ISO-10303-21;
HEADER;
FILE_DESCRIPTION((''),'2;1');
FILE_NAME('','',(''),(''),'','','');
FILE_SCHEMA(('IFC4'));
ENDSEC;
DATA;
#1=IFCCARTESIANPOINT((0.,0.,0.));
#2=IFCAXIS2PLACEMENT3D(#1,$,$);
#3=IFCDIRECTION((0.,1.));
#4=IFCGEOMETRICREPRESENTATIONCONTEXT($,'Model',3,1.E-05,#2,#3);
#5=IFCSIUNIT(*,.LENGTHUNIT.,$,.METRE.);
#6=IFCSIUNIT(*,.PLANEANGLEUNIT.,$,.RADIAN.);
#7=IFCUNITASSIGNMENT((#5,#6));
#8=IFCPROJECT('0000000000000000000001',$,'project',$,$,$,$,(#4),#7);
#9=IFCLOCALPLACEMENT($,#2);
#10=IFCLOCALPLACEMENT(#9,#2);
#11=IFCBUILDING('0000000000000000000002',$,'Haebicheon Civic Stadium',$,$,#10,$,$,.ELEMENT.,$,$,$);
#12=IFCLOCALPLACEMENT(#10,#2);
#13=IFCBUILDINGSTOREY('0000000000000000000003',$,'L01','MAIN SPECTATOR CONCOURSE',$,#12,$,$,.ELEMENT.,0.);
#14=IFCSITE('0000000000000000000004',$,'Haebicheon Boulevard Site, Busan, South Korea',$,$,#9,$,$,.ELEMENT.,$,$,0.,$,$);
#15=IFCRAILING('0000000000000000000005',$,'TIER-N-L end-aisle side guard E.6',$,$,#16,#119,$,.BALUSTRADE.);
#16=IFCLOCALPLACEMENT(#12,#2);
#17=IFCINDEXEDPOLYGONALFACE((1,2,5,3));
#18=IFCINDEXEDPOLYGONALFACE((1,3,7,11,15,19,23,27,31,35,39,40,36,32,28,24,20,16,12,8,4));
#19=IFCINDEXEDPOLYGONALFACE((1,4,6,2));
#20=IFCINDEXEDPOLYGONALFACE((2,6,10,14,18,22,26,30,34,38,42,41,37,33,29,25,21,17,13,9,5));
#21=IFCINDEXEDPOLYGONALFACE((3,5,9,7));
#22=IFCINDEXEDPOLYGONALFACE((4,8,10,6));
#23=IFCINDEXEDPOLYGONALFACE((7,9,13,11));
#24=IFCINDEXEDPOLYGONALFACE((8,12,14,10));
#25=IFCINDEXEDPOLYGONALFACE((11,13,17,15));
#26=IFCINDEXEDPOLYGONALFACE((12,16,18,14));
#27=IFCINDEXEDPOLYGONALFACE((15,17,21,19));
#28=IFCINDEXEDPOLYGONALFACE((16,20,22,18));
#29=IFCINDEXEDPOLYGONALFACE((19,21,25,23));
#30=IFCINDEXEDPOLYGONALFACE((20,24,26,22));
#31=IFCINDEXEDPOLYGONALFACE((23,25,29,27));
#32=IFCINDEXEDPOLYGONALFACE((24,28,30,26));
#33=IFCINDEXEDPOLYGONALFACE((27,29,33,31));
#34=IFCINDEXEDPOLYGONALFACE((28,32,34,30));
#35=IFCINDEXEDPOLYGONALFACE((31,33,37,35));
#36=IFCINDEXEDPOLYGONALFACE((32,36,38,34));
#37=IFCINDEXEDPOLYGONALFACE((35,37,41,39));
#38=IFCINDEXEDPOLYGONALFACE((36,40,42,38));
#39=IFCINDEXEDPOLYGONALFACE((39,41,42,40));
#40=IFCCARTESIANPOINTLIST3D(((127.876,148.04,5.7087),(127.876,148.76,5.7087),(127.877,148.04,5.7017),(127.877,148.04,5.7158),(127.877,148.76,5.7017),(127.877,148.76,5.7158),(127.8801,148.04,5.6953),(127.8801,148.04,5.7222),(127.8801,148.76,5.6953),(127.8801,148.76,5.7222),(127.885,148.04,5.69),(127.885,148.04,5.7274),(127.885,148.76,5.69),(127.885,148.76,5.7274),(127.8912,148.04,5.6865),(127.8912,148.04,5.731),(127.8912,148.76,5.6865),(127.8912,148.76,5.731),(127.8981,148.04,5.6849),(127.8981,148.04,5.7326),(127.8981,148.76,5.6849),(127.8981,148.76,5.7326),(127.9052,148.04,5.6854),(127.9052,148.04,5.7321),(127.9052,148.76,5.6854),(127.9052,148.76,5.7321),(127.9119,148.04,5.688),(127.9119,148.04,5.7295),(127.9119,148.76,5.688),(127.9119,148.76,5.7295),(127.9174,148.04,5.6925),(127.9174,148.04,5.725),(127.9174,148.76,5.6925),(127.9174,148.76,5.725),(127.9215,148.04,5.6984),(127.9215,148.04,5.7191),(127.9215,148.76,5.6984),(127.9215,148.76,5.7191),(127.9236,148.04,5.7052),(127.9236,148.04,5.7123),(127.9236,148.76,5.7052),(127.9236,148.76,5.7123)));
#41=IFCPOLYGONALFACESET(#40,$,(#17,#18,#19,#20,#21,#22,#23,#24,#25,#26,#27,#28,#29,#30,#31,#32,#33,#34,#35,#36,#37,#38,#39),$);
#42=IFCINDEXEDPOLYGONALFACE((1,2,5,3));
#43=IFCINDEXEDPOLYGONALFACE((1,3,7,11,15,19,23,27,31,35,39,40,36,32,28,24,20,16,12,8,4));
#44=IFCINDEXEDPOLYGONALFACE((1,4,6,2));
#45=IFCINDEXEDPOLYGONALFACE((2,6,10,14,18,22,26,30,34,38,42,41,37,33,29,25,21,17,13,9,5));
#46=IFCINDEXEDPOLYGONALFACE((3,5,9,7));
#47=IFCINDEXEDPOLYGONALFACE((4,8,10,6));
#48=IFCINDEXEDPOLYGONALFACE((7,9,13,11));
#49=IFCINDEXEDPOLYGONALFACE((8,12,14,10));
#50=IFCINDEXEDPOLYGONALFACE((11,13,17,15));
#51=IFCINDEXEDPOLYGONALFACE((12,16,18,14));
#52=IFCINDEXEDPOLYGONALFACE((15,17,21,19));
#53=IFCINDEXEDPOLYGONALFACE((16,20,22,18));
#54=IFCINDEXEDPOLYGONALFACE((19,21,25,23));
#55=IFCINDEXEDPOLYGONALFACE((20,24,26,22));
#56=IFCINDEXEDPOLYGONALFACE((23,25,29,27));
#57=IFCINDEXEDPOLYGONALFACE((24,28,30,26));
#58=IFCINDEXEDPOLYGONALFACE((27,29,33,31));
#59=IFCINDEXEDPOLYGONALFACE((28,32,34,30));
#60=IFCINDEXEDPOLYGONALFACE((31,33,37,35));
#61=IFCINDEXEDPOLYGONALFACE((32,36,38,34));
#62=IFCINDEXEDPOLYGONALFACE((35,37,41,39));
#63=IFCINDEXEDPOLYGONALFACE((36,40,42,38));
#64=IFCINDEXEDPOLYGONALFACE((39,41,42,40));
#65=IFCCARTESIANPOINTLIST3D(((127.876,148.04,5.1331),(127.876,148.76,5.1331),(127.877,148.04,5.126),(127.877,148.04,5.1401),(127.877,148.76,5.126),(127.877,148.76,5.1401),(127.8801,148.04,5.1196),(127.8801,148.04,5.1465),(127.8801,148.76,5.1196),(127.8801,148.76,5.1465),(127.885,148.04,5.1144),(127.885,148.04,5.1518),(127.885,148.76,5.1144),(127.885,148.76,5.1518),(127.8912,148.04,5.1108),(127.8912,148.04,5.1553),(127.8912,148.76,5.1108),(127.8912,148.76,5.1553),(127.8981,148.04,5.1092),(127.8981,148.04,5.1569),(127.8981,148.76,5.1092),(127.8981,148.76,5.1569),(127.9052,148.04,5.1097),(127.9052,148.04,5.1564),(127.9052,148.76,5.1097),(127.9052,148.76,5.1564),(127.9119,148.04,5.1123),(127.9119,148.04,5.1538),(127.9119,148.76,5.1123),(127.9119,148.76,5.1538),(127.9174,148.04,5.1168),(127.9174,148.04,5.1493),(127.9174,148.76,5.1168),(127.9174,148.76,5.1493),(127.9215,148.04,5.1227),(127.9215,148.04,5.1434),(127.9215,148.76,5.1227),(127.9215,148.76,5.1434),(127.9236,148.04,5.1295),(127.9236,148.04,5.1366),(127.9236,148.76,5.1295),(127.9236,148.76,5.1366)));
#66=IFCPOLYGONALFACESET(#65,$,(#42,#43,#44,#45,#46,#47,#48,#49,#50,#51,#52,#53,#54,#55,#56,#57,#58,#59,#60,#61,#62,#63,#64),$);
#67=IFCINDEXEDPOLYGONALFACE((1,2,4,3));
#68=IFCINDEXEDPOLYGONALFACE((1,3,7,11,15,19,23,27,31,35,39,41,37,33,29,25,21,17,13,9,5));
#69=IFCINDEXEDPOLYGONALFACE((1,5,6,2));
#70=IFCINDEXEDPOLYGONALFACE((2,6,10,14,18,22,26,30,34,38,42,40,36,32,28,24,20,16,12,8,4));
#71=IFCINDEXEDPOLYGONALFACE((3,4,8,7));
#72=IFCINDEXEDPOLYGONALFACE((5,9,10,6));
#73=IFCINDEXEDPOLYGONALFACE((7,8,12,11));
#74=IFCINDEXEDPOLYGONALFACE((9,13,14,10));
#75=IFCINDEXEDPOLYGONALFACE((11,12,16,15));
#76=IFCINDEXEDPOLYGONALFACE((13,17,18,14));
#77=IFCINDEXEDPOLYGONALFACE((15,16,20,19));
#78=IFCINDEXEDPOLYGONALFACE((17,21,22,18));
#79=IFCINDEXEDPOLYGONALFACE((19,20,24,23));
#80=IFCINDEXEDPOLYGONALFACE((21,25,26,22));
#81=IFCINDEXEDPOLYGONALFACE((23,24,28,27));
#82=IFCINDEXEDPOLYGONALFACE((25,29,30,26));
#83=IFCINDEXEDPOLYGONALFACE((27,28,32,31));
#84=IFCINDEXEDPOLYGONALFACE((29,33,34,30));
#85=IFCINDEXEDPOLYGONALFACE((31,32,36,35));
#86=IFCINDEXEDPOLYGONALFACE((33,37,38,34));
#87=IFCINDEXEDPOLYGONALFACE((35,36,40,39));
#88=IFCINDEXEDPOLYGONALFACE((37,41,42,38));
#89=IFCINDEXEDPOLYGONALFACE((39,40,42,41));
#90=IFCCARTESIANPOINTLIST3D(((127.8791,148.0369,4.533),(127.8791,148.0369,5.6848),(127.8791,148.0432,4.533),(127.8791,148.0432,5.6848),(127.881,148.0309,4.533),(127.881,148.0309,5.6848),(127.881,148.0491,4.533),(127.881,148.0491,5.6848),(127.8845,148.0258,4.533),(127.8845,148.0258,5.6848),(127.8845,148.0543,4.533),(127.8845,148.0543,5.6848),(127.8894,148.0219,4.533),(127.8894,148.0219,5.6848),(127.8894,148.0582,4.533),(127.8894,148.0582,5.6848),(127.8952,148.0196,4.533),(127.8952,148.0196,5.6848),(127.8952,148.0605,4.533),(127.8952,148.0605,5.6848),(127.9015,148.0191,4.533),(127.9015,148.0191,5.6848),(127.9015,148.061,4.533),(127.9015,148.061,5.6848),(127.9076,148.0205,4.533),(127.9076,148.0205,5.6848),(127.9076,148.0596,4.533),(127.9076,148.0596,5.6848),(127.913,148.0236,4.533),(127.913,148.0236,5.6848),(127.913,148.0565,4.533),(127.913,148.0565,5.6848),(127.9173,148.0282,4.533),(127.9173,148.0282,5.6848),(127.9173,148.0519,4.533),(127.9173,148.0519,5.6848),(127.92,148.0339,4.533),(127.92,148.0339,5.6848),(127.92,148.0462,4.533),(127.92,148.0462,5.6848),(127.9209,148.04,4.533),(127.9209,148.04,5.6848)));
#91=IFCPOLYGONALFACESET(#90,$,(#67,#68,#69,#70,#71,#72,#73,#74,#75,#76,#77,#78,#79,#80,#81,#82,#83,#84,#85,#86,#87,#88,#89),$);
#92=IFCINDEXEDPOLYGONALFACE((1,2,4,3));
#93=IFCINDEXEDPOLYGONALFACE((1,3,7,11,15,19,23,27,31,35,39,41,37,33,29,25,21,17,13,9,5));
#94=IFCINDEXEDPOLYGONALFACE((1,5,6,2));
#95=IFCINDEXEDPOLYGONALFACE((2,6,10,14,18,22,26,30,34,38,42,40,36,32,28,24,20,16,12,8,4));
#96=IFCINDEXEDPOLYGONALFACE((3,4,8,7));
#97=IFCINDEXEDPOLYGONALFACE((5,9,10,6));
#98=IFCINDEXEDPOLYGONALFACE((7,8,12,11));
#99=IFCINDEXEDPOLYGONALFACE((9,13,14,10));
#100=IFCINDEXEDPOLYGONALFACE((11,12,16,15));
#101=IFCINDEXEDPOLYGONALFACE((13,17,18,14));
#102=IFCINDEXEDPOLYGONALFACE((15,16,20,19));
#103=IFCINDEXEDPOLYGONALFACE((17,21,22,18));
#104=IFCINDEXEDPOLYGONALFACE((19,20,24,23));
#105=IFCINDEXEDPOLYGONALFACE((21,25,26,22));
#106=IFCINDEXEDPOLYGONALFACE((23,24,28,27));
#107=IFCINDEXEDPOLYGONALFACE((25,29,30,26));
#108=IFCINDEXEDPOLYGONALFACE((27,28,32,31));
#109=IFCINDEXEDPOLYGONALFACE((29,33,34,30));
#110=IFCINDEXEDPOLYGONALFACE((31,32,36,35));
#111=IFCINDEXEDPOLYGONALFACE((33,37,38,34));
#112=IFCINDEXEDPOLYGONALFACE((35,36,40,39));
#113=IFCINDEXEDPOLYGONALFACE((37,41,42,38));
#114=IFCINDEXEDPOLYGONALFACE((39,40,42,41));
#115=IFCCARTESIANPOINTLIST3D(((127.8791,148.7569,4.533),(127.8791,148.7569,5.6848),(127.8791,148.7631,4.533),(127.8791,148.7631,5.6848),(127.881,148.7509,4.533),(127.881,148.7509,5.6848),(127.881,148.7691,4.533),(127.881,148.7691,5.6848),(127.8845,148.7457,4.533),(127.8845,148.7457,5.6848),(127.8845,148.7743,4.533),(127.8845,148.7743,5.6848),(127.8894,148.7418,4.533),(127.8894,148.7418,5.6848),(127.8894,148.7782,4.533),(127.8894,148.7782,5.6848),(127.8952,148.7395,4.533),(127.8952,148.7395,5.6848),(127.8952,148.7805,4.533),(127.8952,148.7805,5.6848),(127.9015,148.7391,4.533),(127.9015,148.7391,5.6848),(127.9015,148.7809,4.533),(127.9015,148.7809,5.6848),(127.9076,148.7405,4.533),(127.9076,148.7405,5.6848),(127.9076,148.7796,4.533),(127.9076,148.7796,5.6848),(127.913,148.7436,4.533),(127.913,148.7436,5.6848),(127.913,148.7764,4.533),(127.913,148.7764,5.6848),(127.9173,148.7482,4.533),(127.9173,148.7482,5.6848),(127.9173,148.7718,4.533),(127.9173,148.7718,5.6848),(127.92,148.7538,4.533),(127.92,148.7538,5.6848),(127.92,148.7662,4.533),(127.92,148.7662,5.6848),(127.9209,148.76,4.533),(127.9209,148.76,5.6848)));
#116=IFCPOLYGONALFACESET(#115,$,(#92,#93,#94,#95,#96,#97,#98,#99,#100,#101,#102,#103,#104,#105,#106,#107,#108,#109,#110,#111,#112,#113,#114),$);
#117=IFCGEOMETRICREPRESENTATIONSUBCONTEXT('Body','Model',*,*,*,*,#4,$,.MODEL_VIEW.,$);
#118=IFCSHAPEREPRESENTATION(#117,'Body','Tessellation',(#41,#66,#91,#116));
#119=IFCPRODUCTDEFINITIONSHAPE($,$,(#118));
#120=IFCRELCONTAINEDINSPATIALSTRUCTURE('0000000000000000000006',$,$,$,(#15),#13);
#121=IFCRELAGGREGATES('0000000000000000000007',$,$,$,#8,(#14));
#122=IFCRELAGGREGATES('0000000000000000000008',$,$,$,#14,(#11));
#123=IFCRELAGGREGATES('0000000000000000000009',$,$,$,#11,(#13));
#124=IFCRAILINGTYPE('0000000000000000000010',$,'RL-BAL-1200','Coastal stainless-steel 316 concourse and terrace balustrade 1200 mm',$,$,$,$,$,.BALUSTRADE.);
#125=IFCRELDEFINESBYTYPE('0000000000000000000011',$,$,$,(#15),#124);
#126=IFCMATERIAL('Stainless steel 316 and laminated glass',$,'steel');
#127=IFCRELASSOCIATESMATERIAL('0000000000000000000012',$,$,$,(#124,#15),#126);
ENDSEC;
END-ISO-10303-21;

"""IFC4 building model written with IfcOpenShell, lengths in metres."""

from ifc_helpers import new_model, si_unit, direction, frame, origin, origin_2d, place, context, subcontext, project, spatial, circle, extrude, material, type_object, element, save


model = new_model("IFC4")

# Units and contexts
model_context = context("Model", 3, precision=1e-05, world=origin(), true_north=direction((0.0, 1.0)))
body_context = subcontext(model_context, "Body", "Model", "MODEL_VIEW")
ifc_project = project(units=[si_unit("LENGTHUNIT", "METRE"), si_unit("PLANEANGLEUNIT", "RADIAN")], contexts=[model_context])

# Site, building, storey
site_placement = place(None, origin())
site = spatial("IfcSite", under=ifc_project, at=site_placement, Name="Haebicheon Boulevard Site, Busan, South Korea", CompositionType="ELEMENT", RefElevation=0.0)
building_placement = place(site_placement, origin())
building = spatial("IfcBuilding", under=site, at=building_placement, Name="Haebicheon Civic Stadium", CompositionType="ELEMENT")
storey_placement = place(building_placement, origin())
storey = spatial("IfcBuildingStorey", under=building, at=storey_placement, Name="L01", Description="MAIN SPECTATOR CONCOURSE", CompositionType="ELEMENT", Elevation=0.0)

# Railing
ifc_material_1 = material(Name="Stainless steel 316 and laminated glass", Category="steel")
railing_type = type_object("IfcRailingType", Name="RL-BAL-1200", Description="Coastal stainless-steel 316 concourse and terrace balustrade 1200 mm", PredefinedType="BALUSTRADE", material=ifc_material_1)
for number, where, name in (
    (1, (127.8999, 148.04, 4.533), "TIER-N-L end-aisle side guard E.6"),
):
    element("IfcRailing", number, at=place(storey_placement, frame(where)), inside=storey, type_object=railing_type, material=ifc_material_1, Name=name, PredefinedType="BALUSTRADE", context=body_context, shape_type="SweptSolid", body=[
        extrude(circle(Radius=0.0239, at=origin_2d()), frame((0.0, 0.0, 1.1758), z_axis=(0.0, 1.0, 0.0), x_axis=(-1.0, 0.0, 0.0)), (0.0, 0.0, 1.0), 0.72),
        extrude(circle(Radius=0.0239, at=origin_2d()), frame((0.0, 0.0, 0.6001), z_axis=(0.0, 1.0, 0.0), x_axis=(-1.0, 0.0, 0.0)), (0.0, 0.0, 1.0), 0.72),
        extrude(circle(Radius=0.021, at=origin_2d()), origin(), (0.0, 0.0, 1.0), 1.1519),
        extrude(circle(Radius=0.021, at=origin_2d()), frame((0.0, 0.72, 0.0)), (0.0, 0.0, 1.0), 1.1519),
    ])

save(model, "model.ifc")
